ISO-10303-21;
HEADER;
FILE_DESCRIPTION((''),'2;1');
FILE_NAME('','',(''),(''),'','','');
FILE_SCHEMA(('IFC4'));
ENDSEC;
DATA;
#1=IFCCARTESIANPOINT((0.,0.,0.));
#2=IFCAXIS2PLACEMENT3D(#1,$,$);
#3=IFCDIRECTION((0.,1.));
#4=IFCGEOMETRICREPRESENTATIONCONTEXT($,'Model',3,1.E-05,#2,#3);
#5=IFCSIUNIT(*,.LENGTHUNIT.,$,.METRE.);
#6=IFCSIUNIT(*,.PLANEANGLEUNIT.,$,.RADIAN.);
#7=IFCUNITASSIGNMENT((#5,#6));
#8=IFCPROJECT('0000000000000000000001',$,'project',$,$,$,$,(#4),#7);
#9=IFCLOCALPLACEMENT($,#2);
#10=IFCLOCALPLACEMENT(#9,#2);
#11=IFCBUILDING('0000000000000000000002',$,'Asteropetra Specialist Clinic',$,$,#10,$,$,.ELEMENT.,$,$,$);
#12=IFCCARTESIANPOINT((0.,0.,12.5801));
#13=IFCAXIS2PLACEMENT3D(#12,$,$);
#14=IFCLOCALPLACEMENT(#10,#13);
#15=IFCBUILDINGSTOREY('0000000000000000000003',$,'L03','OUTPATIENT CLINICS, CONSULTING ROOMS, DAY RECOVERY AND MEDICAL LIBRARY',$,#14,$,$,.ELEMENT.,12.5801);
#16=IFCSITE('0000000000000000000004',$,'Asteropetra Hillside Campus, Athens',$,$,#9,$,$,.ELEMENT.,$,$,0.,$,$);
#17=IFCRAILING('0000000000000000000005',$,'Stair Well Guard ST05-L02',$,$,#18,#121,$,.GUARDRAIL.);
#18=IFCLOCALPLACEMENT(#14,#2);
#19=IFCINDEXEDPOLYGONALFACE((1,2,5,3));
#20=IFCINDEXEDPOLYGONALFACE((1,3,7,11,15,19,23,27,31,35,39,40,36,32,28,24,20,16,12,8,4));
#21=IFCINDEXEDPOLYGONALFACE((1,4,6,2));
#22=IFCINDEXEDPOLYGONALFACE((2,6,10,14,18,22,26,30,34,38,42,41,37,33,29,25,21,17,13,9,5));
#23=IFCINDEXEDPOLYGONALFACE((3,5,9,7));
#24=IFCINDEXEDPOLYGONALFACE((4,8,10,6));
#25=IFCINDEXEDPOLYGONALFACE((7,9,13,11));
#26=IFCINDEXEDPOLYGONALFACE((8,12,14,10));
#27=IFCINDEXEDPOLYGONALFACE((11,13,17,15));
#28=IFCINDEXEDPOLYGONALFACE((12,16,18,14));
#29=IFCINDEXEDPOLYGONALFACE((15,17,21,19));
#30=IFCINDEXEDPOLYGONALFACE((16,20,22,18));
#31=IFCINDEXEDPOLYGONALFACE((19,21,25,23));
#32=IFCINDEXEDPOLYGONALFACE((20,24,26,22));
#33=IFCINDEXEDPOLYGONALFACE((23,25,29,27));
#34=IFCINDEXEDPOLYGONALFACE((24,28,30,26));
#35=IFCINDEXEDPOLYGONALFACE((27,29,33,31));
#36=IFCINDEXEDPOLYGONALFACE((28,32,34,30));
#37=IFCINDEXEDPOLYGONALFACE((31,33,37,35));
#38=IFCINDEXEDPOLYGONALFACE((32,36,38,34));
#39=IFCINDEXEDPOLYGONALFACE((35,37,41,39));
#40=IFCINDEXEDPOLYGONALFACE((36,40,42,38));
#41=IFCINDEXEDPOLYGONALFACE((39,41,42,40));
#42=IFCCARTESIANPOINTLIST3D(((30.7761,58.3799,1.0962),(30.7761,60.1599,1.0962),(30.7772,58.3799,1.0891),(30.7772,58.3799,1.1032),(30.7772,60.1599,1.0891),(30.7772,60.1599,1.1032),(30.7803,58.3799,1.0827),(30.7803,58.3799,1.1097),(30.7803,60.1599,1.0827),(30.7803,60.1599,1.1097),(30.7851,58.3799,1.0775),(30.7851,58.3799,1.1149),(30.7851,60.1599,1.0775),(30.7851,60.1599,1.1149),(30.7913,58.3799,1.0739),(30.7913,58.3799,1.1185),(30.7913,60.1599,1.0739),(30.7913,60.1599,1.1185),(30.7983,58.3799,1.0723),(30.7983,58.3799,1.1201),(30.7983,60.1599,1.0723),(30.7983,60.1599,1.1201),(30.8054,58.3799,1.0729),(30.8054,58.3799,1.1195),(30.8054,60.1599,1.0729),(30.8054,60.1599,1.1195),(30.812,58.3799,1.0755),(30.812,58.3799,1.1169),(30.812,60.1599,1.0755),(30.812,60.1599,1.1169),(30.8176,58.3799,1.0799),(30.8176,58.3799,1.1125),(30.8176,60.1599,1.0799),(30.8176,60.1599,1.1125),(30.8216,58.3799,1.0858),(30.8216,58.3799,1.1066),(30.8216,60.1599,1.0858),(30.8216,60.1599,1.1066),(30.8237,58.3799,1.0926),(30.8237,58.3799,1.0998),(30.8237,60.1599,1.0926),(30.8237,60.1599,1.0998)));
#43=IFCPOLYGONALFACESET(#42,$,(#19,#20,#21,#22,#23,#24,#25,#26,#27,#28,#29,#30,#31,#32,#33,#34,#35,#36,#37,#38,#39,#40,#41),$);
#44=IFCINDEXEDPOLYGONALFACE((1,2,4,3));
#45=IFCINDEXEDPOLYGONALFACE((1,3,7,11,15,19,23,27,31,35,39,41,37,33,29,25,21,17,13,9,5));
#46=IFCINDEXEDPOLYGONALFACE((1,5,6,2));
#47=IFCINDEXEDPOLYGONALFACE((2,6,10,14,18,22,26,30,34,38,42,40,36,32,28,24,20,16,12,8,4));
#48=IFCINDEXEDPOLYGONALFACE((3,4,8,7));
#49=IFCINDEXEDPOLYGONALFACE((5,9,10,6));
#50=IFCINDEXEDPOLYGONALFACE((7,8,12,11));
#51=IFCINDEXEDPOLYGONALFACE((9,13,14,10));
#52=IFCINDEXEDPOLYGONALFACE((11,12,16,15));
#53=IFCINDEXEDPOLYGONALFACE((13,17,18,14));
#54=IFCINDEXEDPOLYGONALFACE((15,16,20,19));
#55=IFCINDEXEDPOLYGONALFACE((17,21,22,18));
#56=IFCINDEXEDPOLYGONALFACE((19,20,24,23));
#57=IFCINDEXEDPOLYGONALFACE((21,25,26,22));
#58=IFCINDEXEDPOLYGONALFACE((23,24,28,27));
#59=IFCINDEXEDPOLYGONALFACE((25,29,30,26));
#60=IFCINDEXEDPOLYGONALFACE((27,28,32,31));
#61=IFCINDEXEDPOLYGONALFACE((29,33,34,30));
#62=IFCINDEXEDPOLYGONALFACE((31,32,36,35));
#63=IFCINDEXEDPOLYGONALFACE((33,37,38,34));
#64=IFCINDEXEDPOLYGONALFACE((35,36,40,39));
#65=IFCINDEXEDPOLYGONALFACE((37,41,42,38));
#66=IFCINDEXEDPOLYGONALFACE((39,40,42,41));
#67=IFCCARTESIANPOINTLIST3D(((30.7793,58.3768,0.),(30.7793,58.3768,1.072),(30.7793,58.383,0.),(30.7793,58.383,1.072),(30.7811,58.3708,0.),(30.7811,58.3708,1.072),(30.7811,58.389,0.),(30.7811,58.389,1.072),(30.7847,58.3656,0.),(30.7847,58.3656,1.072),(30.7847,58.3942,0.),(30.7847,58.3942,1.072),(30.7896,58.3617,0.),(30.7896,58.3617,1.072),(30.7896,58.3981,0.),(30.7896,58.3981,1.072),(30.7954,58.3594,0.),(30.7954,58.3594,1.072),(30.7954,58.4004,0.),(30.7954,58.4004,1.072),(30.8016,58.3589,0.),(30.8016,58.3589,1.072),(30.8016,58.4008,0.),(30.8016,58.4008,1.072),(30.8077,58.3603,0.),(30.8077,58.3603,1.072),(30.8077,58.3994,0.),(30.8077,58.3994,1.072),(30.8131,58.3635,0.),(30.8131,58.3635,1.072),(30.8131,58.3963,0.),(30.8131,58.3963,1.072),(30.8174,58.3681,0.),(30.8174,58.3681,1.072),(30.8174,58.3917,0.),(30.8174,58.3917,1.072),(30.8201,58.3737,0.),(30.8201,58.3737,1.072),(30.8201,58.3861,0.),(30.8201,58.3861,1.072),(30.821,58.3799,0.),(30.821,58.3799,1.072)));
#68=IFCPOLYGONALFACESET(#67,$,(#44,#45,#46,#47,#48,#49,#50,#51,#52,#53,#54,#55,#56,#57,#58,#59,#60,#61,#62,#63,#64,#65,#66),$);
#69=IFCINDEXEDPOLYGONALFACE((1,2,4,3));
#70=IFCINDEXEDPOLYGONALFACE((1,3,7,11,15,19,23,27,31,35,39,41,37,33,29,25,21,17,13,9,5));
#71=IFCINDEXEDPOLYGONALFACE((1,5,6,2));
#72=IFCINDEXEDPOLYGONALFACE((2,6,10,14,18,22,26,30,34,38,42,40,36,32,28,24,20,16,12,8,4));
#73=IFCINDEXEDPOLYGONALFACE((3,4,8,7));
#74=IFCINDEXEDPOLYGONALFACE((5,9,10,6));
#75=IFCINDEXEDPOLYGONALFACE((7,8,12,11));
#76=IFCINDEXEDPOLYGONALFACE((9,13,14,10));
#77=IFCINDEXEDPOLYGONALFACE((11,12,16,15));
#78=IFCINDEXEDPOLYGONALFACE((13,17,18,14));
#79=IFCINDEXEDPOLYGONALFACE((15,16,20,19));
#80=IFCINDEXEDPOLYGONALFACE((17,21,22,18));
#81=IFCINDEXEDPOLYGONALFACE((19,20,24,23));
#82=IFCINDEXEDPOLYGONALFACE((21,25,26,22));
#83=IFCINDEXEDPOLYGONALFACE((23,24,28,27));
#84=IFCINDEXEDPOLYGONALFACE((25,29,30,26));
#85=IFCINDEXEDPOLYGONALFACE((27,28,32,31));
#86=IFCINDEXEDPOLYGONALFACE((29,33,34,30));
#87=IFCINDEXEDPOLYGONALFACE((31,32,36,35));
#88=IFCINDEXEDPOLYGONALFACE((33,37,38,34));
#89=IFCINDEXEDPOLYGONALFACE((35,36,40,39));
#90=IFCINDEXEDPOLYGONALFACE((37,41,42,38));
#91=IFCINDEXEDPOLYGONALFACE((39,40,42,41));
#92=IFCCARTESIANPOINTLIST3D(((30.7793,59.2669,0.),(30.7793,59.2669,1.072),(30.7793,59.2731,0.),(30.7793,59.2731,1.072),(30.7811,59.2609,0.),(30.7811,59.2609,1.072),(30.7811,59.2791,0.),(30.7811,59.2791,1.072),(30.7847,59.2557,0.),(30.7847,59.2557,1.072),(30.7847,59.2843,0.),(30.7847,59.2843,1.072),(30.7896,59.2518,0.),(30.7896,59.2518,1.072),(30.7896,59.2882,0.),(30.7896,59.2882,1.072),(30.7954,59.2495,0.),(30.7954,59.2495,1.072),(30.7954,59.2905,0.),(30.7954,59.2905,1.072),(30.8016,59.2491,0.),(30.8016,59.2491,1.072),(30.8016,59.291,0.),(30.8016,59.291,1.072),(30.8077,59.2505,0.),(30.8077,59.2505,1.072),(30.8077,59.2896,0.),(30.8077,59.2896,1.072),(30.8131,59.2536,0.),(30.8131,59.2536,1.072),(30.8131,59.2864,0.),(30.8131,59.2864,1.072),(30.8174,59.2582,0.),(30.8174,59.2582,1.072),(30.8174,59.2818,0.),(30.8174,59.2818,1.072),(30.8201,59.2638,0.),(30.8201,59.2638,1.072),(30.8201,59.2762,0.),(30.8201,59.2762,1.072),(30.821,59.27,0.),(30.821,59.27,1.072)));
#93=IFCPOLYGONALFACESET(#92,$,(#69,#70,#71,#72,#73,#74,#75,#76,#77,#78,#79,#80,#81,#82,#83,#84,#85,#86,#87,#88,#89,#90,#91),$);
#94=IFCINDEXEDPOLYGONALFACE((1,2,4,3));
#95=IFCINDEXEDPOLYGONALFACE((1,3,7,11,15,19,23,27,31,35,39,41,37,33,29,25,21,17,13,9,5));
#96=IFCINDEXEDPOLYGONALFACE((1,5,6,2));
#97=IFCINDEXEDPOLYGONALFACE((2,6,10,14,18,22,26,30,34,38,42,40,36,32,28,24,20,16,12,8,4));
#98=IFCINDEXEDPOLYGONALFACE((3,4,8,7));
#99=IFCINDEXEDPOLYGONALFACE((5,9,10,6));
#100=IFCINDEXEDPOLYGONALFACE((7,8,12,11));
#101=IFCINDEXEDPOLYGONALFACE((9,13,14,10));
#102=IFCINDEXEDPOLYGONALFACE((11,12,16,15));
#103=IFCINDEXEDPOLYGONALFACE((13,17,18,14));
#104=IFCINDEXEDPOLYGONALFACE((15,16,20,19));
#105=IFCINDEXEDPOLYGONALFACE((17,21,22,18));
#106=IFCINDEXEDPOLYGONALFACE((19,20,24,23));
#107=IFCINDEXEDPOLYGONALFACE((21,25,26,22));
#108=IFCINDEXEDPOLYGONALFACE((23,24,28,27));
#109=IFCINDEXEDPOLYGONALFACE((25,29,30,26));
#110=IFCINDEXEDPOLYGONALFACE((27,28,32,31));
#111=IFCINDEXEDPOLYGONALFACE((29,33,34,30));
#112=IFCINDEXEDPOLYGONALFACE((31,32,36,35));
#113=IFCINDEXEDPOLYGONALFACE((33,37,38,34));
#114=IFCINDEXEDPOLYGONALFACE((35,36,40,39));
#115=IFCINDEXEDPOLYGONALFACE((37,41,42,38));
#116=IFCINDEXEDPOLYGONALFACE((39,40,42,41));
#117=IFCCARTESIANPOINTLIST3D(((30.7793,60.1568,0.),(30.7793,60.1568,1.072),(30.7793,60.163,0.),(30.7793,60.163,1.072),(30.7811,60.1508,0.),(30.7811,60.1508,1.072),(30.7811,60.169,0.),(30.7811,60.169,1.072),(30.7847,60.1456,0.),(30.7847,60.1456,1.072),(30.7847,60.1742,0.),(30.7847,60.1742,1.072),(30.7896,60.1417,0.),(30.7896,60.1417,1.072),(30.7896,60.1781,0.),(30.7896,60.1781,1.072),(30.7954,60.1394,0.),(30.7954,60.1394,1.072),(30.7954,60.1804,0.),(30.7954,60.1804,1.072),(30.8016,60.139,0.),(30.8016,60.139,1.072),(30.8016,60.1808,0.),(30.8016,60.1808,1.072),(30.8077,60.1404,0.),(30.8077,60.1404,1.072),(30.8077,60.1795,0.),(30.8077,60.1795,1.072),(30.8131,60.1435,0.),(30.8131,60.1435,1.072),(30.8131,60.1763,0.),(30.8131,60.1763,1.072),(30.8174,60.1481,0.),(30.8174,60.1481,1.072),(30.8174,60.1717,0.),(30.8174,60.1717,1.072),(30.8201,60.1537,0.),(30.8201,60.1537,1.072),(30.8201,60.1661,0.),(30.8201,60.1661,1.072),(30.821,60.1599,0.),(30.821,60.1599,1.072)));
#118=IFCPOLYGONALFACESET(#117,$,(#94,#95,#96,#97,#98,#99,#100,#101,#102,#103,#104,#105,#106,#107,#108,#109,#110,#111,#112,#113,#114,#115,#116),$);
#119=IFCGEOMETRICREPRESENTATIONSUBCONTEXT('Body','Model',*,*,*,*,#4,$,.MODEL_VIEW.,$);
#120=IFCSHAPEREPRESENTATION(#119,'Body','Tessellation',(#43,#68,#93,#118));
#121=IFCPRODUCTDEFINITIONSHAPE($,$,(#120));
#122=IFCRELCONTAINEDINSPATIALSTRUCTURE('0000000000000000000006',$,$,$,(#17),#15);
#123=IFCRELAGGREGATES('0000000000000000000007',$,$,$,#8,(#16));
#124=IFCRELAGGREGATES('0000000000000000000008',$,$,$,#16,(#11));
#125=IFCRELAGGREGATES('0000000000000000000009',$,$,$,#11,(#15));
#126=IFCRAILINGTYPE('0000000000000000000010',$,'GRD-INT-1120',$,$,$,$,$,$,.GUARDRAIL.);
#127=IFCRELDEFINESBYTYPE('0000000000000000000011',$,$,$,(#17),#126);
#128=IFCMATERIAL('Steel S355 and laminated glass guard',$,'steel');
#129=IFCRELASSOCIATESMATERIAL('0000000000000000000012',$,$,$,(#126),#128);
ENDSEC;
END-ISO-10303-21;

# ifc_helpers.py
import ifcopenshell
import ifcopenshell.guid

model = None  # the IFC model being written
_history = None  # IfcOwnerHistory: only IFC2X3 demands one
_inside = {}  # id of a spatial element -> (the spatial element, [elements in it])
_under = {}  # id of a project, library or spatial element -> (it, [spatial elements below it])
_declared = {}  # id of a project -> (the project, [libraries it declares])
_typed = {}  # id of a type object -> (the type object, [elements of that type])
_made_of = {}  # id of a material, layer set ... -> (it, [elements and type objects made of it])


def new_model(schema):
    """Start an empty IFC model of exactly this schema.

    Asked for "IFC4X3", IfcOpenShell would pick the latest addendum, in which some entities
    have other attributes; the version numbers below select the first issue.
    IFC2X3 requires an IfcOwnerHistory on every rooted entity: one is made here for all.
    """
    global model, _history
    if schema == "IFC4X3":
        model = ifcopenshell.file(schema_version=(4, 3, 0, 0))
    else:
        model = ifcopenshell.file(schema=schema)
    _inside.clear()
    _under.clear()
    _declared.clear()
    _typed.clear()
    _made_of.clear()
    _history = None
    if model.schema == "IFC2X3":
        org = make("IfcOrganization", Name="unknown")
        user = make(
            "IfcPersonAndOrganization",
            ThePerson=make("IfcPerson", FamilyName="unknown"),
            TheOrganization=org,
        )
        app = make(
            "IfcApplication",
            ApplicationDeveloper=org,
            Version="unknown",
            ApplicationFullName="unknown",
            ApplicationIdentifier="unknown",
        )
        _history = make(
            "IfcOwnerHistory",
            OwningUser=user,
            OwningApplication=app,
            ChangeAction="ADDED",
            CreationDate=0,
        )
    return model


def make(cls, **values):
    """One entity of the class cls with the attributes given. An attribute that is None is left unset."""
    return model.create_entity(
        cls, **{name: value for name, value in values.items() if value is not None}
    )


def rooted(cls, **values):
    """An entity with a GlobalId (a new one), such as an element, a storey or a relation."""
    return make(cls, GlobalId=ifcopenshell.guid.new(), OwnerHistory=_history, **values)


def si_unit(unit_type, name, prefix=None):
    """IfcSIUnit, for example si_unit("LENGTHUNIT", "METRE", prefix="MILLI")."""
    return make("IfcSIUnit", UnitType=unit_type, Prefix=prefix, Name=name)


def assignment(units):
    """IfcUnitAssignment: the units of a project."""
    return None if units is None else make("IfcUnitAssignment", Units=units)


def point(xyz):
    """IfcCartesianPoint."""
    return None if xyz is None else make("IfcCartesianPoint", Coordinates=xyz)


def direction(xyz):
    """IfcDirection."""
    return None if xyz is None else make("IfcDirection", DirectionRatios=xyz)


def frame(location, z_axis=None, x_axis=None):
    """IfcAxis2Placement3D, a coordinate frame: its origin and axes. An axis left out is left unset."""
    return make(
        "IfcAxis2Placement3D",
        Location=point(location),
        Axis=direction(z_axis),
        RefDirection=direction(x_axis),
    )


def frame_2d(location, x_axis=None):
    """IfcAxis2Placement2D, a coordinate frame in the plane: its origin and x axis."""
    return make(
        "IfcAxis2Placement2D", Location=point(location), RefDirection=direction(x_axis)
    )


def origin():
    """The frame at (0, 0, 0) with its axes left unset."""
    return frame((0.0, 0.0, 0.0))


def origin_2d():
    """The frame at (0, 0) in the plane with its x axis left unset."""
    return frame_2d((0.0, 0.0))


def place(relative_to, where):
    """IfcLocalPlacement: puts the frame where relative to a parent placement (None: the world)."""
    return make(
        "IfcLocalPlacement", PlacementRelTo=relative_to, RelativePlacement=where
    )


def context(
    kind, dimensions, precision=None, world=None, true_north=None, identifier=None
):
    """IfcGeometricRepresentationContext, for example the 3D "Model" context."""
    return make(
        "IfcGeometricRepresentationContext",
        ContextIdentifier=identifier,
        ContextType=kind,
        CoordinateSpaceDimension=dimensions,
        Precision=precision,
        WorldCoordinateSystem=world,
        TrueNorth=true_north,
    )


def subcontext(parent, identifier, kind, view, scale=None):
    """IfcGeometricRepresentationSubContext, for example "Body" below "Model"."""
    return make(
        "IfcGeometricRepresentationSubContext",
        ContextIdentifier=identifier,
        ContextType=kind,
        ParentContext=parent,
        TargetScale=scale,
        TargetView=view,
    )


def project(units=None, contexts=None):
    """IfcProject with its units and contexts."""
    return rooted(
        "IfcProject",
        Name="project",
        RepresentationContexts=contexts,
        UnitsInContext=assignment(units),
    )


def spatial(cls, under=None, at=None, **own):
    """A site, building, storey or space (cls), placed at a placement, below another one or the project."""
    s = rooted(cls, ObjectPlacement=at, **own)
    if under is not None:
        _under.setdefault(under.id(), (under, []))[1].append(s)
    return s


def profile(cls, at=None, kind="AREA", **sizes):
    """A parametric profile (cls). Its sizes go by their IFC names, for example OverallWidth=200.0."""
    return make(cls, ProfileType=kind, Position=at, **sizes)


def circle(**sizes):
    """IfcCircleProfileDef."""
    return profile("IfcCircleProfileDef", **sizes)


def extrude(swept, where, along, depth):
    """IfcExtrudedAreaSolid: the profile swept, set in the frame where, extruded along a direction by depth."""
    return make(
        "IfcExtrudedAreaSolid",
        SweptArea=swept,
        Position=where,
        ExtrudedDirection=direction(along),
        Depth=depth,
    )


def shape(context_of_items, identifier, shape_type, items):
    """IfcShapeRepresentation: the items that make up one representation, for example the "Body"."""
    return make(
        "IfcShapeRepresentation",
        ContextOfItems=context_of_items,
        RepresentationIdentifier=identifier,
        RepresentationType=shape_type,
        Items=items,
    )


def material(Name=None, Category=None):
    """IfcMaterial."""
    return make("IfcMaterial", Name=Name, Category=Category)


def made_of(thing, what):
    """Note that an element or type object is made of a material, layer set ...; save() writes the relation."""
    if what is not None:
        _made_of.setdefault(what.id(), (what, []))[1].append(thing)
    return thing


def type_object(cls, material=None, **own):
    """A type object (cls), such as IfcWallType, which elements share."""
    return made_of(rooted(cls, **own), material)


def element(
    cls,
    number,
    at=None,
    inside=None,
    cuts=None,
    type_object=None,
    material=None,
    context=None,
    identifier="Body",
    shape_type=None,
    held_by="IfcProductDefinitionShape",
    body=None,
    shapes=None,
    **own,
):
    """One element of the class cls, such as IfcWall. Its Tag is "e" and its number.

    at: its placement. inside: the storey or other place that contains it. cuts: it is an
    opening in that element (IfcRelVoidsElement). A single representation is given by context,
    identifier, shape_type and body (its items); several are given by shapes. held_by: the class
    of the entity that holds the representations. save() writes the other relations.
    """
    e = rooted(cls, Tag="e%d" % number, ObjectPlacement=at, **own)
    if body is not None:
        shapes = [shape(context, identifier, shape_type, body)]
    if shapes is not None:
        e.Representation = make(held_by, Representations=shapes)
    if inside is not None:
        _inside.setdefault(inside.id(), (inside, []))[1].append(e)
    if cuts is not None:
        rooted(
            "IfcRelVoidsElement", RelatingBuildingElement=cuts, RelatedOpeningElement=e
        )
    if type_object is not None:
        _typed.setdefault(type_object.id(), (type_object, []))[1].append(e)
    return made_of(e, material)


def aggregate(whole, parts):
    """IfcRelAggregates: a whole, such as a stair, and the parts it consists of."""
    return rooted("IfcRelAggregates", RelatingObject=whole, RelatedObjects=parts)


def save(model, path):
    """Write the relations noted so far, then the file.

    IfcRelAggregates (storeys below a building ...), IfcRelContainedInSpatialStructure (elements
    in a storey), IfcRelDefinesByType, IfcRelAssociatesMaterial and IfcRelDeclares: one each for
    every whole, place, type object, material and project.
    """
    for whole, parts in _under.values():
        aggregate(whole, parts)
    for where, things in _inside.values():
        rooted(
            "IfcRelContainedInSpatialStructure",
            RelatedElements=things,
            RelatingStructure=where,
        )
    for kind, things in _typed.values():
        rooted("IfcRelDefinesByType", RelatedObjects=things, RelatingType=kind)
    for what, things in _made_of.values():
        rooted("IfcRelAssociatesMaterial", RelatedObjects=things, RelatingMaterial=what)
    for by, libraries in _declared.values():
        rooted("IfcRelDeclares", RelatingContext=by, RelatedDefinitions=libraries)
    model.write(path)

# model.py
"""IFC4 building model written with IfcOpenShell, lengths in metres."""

from ifc_helpers import new_model, si_unit, direction, frame, origin, origin_2d, place, context, subcontext, project, spatial, circle, extrude, material, type_object, element, save


model = new_model("IFC4")

# Units and contexts
model_context = context("Model", 3, precision=1e-05, world=origin(), true_north=direction((0.0, 1.0)))
body_context = subcontext(model_context, "Body", "Model", "MODEL_VIEW")
ifc_project = project(units=[si_unit("LENGTHUNIT", "METRE"), si_unit("PLANEANGLEUNIT", "RADIAN")], contexts=[model_context])

# Site, building, storey
site_placement = place(None, origin())
site = spatial("IfcSite", under=ifc_project, at=site_placement, Name="Asteropetra Hillside Campus, Athens", CompositionType="ELEMENT", RefElevation=0.0)
building_placement = place(site_placement, origin())
building = spatial("IfcBuilding", under=site, at=building_placement, Name="Asteropetra Specialist Clinic", CompositionType="ELEMENT")
storey_placement = place(building_placement, frame((0.0, 0.0, 12.5801)))
storey = spatial("IfcBuildingStorey", under=building, at=storey_placement, Name="L03", Description="OUTPATIENT CLINICS, CONSULTING ROOMS, DAY RECOVERY AND MEDICAL LIBRARY", CompositionType="ELEMENT", Elevation=12.5801)

# Railing
ifc_material_1 = material(Name="Steel S355 and laminated glass guard", Category="steel")
railing_type = type_object("IfcRailingType", Name="GRD-INT-1120", PredefinedType="GUARDRAIL", material=ifc_material_1)
railing_placement = place(storey_placement, frame((30.8, 58.3799, 0.0)))
element("IfcRailing", 1, at=railing_placement, inside=storey, type_object=railing_type, Name="Stair Well Guard ST05-L02", PredefinedType="GUARDRAIL", context=body_context, shape_type="SweptSolid", body=[
    extrude(circle(Radius=0.0239, at=origin_2d()), frame((0.0, 0.0, 1.0962), z_axis=(0.0, 1.0, 0.0), x_axis=(-1.0, 0.0, 0.0)), (0.0, 0.0, 1.0), 1.78),
    extrude(circle(Radius=0.021, at=origin_2d()), origin(), (0.0, 0.0, 1.0), 1.072),
    extrude(circle(Radius=0.021, at=origin_2d()), frame((0.0, 0.8901, 0.0)), (0.0, 0.0, 1.0), 1.072),
    extrude(circle(Radius=0.021, at=origin_2d()), frame((0.0, 1.78, 0.0)), (0.0, 0.0, 1.0), 1.072),
])

save(model, "model.ifc")
